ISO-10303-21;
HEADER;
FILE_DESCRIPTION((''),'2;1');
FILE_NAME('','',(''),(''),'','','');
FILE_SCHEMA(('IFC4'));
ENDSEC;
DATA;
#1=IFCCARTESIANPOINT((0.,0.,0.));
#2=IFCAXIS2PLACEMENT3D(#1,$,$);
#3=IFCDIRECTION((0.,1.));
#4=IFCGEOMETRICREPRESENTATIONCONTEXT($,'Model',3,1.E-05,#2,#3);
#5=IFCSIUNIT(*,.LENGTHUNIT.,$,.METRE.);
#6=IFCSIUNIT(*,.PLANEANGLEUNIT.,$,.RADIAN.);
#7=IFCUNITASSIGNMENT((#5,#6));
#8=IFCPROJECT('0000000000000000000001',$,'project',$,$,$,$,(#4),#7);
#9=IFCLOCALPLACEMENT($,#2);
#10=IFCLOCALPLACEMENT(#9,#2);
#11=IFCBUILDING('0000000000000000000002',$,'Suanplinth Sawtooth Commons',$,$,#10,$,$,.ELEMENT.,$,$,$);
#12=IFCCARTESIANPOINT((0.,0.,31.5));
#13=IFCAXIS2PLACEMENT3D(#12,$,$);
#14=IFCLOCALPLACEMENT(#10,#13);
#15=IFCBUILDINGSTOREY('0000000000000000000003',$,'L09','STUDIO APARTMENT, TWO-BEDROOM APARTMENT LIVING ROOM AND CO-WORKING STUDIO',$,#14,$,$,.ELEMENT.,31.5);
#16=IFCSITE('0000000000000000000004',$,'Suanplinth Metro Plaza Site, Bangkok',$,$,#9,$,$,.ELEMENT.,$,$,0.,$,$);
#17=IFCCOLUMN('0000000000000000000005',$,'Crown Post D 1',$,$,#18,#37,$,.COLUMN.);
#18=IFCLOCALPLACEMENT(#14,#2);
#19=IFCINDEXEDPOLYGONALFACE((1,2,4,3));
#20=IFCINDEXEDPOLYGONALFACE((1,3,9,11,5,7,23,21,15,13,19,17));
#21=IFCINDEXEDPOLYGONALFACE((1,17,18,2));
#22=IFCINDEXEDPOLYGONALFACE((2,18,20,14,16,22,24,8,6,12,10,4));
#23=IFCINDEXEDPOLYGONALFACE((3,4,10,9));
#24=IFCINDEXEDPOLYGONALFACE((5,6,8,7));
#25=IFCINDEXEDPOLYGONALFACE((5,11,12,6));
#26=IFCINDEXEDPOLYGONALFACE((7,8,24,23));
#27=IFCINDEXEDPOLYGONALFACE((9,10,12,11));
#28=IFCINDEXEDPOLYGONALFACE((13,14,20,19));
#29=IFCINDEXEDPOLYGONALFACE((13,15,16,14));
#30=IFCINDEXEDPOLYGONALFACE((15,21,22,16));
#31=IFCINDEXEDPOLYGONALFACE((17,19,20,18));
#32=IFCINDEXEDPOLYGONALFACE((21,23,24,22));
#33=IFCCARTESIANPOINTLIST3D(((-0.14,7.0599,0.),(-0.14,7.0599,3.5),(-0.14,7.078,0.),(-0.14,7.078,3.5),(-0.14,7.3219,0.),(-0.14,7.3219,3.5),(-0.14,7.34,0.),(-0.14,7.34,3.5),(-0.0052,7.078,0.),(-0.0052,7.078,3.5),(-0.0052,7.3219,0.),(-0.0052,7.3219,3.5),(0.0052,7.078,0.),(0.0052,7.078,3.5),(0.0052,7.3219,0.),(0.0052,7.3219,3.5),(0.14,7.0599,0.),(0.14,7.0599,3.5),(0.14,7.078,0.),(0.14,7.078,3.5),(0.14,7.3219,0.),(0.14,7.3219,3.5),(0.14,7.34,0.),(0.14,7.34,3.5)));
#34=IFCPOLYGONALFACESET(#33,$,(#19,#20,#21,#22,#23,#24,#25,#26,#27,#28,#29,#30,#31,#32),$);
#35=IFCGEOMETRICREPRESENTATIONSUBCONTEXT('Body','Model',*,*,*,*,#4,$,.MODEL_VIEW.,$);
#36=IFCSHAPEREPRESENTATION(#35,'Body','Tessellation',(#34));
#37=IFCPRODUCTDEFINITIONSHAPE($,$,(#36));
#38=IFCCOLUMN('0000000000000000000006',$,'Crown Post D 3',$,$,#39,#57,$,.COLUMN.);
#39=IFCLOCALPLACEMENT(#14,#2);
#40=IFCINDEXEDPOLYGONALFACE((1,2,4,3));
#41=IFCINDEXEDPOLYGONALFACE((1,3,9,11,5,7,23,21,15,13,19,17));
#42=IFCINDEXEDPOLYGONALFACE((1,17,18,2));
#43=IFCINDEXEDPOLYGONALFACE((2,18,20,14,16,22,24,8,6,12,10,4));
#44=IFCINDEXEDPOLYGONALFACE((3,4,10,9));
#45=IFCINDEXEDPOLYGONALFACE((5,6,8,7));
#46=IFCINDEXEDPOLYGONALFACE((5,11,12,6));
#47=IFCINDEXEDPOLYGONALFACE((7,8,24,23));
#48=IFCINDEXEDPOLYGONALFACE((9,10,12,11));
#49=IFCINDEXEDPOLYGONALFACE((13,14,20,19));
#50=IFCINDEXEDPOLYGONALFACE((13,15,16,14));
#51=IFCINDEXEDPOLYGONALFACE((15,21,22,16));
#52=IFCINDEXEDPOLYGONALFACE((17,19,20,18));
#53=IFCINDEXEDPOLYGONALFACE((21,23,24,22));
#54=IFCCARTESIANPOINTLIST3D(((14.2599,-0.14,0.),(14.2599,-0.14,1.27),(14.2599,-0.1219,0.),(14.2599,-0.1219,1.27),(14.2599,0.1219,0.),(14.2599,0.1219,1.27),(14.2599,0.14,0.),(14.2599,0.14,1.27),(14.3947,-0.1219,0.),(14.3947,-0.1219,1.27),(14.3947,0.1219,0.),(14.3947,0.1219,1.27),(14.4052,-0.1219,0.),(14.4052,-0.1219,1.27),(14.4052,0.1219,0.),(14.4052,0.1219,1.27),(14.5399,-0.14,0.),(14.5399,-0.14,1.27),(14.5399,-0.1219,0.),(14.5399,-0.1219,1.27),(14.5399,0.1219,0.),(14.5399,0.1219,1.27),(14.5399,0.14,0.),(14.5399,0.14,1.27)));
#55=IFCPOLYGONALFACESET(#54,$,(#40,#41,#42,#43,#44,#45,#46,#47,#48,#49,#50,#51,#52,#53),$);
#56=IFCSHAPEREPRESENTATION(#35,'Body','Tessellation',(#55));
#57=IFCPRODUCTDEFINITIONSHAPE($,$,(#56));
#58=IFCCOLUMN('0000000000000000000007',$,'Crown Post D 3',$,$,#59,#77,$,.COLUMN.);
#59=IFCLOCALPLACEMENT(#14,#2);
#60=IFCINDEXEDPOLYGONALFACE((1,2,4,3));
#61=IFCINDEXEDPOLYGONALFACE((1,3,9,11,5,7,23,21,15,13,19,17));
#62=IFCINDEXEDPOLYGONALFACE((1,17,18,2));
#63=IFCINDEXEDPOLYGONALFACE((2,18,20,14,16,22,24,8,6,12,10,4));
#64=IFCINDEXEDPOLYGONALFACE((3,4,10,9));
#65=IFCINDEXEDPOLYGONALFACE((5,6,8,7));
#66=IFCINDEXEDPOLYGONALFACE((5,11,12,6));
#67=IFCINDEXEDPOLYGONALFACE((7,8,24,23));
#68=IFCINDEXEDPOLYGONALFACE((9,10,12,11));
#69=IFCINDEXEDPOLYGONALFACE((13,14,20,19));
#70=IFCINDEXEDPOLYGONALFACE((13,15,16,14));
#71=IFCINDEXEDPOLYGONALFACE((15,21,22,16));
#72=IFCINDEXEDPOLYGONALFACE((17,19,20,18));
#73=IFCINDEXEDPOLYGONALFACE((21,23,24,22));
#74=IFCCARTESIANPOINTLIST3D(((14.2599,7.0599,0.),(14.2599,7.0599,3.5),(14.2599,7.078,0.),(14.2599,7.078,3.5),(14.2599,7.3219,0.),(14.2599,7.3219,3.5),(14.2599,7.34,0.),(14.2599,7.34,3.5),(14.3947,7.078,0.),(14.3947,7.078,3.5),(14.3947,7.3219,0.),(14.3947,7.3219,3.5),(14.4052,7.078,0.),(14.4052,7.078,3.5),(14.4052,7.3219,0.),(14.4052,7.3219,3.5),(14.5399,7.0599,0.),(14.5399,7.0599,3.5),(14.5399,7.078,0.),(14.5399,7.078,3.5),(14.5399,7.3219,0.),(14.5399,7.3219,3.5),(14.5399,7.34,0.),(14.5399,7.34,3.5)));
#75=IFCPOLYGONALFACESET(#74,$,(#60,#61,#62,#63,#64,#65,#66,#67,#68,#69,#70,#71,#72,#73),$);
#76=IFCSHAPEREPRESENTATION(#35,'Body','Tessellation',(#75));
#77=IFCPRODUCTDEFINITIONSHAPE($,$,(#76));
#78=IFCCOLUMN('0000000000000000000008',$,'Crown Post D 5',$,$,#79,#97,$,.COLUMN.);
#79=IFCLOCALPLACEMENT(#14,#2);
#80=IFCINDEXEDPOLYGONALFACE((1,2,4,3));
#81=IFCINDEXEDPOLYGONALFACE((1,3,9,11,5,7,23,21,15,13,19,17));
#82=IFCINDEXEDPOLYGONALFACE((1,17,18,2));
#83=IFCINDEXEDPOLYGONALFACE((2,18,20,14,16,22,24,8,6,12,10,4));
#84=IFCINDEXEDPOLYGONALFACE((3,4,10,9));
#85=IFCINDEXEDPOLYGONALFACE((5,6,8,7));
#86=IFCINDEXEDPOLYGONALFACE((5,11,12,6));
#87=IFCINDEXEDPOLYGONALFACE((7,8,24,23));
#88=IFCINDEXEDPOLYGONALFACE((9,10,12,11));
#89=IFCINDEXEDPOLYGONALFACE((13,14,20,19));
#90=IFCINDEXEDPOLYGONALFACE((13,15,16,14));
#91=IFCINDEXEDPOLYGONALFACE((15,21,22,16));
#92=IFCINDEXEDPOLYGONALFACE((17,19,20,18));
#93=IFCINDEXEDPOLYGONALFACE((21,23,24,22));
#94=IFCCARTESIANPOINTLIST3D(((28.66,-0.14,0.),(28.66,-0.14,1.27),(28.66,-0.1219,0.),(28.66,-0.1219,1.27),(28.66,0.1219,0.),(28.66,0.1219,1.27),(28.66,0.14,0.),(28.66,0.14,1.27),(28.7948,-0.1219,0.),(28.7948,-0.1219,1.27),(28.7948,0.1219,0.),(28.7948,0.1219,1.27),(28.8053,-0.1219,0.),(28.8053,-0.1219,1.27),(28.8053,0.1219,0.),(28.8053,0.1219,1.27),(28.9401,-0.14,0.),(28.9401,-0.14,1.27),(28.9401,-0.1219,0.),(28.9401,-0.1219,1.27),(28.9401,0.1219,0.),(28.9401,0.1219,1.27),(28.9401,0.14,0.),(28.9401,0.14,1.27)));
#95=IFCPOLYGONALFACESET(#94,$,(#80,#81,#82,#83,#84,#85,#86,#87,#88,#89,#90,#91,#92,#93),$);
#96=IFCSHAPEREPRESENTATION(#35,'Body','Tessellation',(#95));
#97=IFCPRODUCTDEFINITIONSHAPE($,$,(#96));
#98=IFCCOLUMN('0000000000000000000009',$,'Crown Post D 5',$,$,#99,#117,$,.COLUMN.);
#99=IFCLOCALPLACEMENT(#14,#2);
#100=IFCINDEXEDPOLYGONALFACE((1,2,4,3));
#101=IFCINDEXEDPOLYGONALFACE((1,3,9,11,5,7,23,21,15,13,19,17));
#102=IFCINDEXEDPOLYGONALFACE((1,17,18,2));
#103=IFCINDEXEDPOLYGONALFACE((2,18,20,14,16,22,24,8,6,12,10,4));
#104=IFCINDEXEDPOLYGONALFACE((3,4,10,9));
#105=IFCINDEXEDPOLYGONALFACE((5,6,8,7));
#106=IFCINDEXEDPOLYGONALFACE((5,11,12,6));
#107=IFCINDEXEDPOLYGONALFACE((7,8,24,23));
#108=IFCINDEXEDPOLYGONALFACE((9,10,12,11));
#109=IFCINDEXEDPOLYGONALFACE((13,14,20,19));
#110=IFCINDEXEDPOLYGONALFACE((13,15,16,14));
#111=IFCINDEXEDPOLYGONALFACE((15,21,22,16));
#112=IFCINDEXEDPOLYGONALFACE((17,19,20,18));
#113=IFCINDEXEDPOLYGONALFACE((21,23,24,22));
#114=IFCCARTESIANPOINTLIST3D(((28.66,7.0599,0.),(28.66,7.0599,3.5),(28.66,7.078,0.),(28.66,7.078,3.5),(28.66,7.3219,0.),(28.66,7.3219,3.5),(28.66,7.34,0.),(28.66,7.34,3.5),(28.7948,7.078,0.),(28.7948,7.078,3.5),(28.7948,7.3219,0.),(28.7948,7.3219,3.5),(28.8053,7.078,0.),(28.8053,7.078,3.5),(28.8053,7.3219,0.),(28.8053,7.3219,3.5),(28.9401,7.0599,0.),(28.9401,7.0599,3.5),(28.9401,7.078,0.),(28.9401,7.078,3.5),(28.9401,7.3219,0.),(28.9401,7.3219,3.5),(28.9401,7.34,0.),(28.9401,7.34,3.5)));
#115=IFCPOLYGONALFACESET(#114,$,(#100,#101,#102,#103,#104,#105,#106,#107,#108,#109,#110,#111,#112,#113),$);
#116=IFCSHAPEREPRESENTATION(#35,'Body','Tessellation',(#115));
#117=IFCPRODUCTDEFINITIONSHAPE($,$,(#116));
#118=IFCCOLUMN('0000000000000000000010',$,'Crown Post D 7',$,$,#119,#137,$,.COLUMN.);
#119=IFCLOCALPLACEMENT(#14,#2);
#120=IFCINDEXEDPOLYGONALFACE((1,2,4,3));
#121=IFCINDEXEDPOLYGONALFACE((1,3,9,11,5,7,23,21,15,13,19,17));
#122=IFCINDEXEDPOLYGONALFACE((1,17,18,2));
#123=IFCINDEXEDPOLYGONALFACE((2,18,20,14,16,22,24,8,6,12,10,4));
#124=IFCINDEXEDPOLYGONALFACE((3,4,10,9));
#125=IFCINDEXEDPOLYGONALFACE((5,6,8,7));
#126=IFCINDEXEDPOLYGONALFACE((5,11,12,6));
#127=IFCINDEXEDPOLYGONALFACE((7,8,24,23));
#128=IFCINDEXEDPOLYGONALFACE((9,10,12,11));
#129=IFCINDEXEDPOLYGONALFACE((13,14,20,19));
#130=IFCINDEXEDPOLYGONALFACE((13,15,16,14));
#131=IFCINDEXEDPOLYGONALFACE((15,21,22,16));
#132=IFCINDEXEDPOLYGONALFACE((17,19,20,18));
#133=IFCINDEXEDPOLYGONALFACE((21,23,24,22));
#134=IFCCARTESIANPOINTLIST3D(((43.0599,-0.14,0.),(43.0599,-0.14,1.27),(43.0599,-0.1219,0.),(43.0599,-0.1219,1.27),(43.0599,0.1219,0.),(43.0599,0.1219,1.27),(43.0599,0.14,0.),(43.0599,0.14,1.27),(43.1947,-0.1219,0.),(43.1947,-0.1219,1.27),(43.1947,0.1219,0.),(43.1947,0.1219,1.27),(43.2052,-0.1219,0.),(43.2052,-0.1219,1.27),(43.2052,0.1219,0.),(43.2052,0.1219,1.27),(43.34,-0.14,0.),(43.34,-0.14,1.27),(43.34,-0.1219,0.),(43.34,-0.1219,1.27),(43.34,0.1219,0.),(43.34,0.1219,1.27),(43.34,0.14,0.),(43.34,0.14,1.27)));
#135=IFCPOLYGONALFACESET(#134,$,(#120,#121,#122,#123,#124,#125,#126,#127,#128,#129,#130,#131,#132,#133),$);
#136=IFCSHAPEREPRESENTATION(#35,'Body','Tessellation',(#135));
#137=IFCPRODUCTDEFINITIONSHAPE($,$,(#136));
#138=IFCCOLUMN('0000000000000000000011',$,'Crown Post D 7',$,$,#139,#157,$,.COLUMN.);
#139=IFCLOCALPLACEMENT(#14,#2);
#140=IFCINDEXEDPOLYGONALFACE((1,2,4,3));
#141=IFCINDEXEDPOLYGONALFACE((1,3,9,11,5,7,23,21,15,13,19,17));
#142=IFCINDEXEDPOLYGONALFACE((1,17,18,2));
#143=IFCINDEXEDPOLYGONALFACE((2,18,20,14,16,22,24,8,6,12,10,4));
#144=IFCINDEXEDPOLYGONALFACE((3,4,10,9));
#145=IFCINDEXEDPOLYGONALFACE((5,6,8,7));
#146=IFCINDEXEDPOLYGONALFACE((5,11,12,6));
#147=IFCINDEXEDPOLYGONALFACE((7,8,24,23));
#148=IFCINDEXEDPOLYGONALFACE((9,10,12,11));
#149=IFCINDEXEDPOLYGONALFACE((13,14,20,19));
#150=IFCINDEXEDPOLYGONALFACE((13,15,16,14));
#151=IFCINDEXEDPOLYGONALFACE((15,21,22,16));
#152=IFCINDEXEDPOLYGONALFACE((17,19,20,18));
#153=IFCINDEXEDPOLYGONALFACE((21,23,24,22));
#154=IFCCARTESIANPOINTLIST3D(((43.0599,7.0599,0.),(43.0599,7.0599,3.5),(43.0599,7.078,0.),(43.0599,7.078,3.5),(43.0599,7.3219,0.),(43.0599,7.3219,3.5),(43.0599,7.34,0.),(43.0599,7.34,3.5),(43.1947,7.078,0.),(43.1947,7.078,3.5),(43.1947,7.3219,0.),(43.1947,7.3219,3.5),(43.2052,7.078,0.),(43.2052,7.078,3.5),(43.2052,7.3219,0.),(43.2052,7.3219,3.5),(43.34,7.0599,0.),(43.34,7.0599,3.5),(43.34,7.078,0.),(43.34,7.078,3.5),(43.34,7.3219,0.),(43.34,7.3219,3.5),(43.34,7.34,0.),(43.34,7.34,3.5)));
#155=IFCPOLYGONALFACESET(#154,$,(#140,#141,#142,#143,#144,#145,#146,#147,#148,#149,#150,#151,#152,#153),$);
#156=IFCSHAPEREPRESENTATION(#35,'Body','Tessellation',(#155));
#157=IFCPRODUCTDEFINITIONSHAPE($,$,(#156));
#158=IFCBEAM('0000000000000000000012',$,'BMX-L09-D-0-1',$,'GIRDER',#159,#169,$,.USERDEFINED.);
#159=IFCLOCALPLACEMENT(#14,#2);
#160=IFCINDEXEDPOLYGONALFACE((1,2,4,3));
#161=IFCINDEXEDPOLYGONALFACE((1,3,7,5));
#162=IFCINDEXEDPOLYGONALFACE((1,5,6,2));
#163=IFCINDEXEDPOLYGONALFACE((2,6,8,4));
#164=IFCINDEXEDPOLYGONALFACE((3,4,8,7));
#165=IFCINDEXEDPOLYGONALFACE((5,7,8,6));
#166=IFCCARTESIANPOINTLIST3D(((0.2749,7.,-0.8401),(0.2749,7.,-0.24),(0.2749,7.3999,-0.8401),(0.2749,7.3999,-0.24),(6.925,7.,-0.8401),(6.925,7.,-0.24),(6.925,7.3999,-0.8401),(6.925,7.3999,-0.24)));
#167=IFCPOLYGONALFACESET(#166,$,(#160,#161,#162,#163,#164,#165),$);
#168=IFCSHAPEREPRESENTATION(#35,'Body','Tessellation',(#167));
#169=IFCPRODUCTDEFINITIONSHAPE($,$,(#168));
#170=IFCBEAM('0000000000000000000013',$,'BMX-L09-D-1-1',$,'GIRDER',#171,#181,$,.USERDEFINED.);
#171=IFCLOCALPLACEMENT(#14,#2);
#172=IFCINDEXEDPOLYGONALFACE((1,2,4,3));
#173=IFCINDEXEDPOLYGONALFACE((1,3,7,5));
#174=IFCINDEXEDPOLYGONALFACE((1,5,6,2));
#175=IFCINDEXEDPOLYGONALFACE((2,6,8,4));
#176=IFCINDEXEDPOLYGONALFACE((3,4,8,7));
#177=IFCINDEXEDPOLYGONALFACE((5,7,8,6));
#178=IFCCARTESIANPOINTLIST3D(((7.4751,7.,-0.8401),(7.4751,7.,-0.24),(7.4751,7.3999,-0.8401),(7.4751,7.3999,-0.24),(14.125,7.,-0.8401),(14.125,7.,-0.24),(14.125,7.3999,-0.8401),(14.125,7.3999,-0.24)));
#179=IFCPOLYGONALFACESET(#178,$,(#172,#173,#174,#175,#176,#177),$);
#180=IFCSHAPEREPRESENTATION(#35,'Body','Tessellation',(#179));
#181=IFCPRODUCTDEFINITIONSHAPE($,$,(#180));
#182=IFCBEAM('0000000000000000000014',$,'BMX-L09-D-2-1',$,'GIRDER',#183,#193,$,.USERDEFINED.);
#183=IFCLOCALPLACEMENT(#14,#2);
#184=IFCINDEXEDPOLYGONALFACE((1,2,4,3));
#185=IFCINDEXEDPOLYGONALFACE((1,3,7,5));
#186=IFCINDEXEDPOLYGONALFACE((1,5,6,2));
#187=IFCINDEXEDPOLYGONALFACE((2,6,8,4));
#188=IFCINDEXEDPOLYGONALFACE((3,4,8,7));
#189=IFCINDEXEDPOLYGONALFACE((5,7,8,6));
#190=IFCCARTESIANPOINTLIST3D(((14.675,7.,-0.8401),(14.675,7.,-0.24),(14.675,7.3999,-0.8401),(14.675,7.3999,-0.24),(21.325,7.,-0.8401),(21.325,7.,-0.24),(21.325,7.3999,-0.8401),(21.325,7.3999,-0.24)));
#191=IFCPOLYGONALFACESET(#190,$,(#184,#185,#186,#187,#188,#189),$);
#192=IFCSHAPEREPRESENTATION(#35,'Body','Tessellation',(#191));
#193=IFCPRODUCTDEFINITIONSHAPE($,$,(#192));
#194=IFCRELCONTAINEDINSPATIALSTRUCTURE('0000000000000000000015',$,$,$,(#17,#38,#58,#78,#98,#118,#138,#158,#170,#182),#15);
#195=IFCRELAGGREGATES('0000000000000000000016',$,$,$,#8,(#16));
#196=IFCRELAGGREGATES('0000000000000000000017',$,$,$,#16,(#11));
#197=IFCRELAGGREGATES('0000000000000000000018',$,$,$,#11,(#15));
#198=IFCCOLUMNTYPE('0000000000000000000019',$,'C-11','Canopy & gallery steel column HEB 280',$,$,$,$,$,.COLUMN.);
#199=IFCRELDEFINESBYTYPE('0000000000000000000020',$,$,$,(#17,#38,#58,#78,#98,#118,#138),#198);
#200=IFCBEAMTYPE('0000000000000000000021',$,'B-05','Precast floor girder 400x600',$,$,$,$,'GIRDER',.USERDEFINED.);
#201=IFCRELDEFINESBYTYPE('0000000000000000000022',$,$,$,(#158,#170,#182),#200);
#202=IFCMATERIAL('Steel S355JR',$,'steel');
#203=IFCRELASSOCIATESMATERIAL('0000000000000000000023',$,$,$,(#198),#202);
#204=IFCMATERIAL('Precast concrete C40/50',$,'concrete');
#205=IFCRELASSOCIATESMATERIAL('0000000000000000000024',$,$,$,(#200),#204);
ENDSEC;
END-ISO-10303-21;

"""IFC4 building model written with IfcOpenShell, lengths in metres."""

from ifc_helpers import new_model, si_unit, direction, frame, origin, origin_2d, place, context, subcontext, project, spatial, rectangle, i_section, extrude, material, material_profile, profile_set, type_object, element, save


model = new_model("IFC4")

# Units and contexts
model_context = context("Model", 3, precision=1e-05, world=origin(), true_north=direction((0.0, 1.0)))
body_context = subcontext(model_context, "Body", "Model", "MODEL_VIEW")
ifc_project = project(units=[si_unit("LENGTHUNIT", "METRE"), si_unit("PLANEANGLEUNIT", "RADIAN")], contexts=[model_context])

# Site, building, storey
site_placement = place(None, origin())
site = spatial("IfcSite", under=ifc_project, at=site_placement, Name="Suanplinth Metro Plaza Site, Bangkok", CompositionType="ELEMENT", RefElevation=0.0)
building_placement = place(site_placement, origin())
building = spatial("IfcBuilding", under=site, at=building_placement, Name="Suanplinth Sawtooth Commons", CompositionType="ELEMENT")
storey_placement = place(building_placement, frame((0.0, 0.0, 31.5)))
storey = spatial("IfcBuildingStorey", under=building, at=storey_placement, Name="L09", Description="STUDIO APARTMENT, TWO-BEDROOM APARTMENT LIVING ROOM AND CO-WORKING STUDIO", CompositionType="ELEMENT", Elevation=31.5)

# Columns
ifc_material_1 = material(Name="Steel S355JR", Category="steel")
ifc_material_profile_1 = material_profile(ifc_material_1, i_section(OverallWidth=0.28, OverallDepth=0.28, WebThickness=0.0105, FlangeThickness=0.0181, at=origin_2d()), Name="HEB 280")
ifc_profile_set_1 = profile_set([ifc_material_profile_1], Name="Steel S355JR")
column_type = type_object("IfcColumnType", Name="C-11", Description="Canopy & gallery steel column HEB 280", PredefinedType="COLUMN", material=ifc_profile_set_1)
column_1_placement = place(storey_placement, frame((0.0, 7.2, 0.0), z_axis=(0.0, 0.0, 1.0), x_axis=(1.0, 0.0, 0.0)))
element("IfcColumn", 1, at=column_1_placement, inside=storey, type_object=column_type, Name="Crown Post D 1", PredefinedType="COLUMN", context=body_context, shape_type="SweptSolid", body=[
    extrude(i_section(OverallWidth=0.28, OverallDepth=0.28, WebThickness=0.0105, FlangeThickness=0.0181, at=origin_2d()), origin(), (0.0, 0.0, 1.0), 3.5),
])
column_2_placement = place(storey_placement, frame((14.3999, 0.0, 0.0), z_axis=(0.0, 0.0, 1.0), x_axis=(1.0, 0.0, 0.0)))
element("IfcColumn", 2, at=column_2_placement, inside=storey, type_object=column_type, Name="Crown Post D 3", PredefinedType="COLUMN", context=body_context, shape_type="SweptSolid", body=[
    extrude(i_section(OverallWidth=0.28, OverallDepth=0.28, WebThickness=0.0105, FlangeThickness=0.0181, at=origin_2d()), origin(), (0.0, 0.0, 1.0), 1.27),
])
column_3_placement = place(storey_placement, frame((14.3999, 7.2, 0.0), z_axis=(0.0, 0.0, 1.0), x_axis=(1.0, 0.0, 0.0)))
element("IfcColumn", 3, at=column_3_placement, inside=storey, type_object=column_type, Name="Crown Post D 3", PredefinedType="COLUMN", context=body_context, shape_type="SweptSolid", body=[
    extrude(i_section(OverallWidth=0.28, OverallDepth=0.28, WebThickness=0.0105, FlangeThickness=0.0181, at=origin_2d()), origin(), (0.0, 0.0, 1.0), 3.5),
])
column_4_placement = place(storey_placement, frame((28.8, 0.0, 0.0), z_axis=(0.0, 0.0, 1.0), x_axis=(1.0, 0.0, 0.0)))
element("IfcColumn", 4, at=column_4_placement, inside=storey, type_object=column_type, Name="Crown Post D 5", PredefinedType="COLUMN", context=body_context, shape_type="SweptSolid", body=[
    extrude(i_section(OverallWidth=0.28, OverallDepth=0.28, WebThickness=0.0105, FlangeThickness=0.0181, at=origin_2d()), origin(), (0.0, 0.0, 1.0), 1.27),
])
column_5_placement = place(storey_placement, frame((28.8, 7.2, 0.0), z_axis=(0.0, 0.0, 1.0), x_axis=(1.0, 0.0, 0.0)))
element("IfcColumn", 5, at=column_5_placement, inside=storey, type_object=column_type, Name="Crown Post D 5", PredefinedType="COLUMN", context=body_context, shape_type="SweptSolid", body=[
    extrude(i_section(OverallWidth=0.28, OverallDepth=0.28, WebThickness=0.0105, FlangeThickness=0.0181, at=origin_2d()), origin(), (0.0, 0.0, 1.0), 3.5),
])
column_6_placement = place(storey_placement, frame((43.2, 0.0, 0.0), z_axis=(0.0, 0.0, 1.0), x_axis=(1.0, 0.0, 0.0)))
element("IfcColumn", 6, at=column_6_placement, inside=storey, type_object=column_type, Name="Crown Post D 7", PredefinedType="COLUMN", context=body_context, shape_type="SweptSolid", body=[
    extrude(i_section(OverallWidth=0.28, OverallDepth=0.28, WebThickness=0.0105, FlangeThickness=0.0181, at=origin_2d()), origin(), (0.0, 0.0, 1.0), 1.27),
])
column_7_placement = place(storey_placement, frame((43.2, 7.2, 0.0), z_axis=(0.0, 0.0, 1.0), x_axis=(1.0, 0.0, 0.0)))
element("IfcColumn", 7, at=column_7_placement, inside=storey, type_object=column_type, Name="Crown Post D 7", PredefinedType="COLUMN", context=body_context, shape_type="SweptSolid", body=[
    extrude(i_section(OverallWidth=0.28, OverallDepth=0.28, WebThickness=0.0105, FlangeThickness=0.0181, at=origin_2d()), origin(), (0.0, 0.0, 1.0), 3.5),
])

# Beams
ifc_material_2 = material(Name="Precast concrete C40/50", Category="concrete")
ifc_material_profile_2 = material_profile(ifc_material_2, rectangle(XDim=0.3999, YDim=0.6001, at=origin_2d()), Name="PC-GDR 400x600")
ifc_profile_set_2 = profile_set([ifc_material_profile_2], Name="Precast concrete C40/50")
beam_type_1 = type_object("IfcBeamType", Name="B-05", Description="Precast floor girder 400x600", ElementType="GIRDER", PredefinedType="USERDEFINED", material=ifc_profile_set_2)
beam_1_placement = place(storey_placement, frame((0.2749, 7.2, -0.54), z_axis=(1.0, 0.0, 0.0), x_axis=(0.0, 1.0, 0.0)))
element("IfcBeam", 8, at=beam_1_placement, inside=storey, type_object=beam_type_1, Name="BMX-L09-D-0-1", ObjectType="GIRDER", PredefinedType="USERDEFINED", context=body_context, shape_type="SweptSolid", body=[
    extrude(rectangle(XDim=0.3999, YDim=0.6001, at=origin_2d()), origin(), (0.0, 0.0, 1.0), 6.6501),
])
for number, where, z_axis, x_axis, name in (
    (9, (7.4751, 7.2, -0.54), (1.0, 0.0, 0.0), (0.0, 1.0, 0.0), "BMX-L09-D-1-1"),
    (10, (14.675, 7.2, -0.54), (1.0, 0.0, 0.0), (0.0, 1.0, 0.0), "BMX-L09-D-2-1"),
):
    element("IfcBeam", number, at=place(storey_placement, frame(where, z_axis=z_axis, x_axis=x_axis)), inside=storey, type_object=beam_type_1, Name=name, ObjectType="GIRDER", PredefinedType="USERDEFINED", context=body_context, shape_type="SweptSolid", body=[
        extrude(rectangle(XDim=0.3999, YDim=0.6001, at=origin_2d()), origin(), (0.0, 0.0, 1.0), 6.6499),
    ])

save(model, "model.ifc")
